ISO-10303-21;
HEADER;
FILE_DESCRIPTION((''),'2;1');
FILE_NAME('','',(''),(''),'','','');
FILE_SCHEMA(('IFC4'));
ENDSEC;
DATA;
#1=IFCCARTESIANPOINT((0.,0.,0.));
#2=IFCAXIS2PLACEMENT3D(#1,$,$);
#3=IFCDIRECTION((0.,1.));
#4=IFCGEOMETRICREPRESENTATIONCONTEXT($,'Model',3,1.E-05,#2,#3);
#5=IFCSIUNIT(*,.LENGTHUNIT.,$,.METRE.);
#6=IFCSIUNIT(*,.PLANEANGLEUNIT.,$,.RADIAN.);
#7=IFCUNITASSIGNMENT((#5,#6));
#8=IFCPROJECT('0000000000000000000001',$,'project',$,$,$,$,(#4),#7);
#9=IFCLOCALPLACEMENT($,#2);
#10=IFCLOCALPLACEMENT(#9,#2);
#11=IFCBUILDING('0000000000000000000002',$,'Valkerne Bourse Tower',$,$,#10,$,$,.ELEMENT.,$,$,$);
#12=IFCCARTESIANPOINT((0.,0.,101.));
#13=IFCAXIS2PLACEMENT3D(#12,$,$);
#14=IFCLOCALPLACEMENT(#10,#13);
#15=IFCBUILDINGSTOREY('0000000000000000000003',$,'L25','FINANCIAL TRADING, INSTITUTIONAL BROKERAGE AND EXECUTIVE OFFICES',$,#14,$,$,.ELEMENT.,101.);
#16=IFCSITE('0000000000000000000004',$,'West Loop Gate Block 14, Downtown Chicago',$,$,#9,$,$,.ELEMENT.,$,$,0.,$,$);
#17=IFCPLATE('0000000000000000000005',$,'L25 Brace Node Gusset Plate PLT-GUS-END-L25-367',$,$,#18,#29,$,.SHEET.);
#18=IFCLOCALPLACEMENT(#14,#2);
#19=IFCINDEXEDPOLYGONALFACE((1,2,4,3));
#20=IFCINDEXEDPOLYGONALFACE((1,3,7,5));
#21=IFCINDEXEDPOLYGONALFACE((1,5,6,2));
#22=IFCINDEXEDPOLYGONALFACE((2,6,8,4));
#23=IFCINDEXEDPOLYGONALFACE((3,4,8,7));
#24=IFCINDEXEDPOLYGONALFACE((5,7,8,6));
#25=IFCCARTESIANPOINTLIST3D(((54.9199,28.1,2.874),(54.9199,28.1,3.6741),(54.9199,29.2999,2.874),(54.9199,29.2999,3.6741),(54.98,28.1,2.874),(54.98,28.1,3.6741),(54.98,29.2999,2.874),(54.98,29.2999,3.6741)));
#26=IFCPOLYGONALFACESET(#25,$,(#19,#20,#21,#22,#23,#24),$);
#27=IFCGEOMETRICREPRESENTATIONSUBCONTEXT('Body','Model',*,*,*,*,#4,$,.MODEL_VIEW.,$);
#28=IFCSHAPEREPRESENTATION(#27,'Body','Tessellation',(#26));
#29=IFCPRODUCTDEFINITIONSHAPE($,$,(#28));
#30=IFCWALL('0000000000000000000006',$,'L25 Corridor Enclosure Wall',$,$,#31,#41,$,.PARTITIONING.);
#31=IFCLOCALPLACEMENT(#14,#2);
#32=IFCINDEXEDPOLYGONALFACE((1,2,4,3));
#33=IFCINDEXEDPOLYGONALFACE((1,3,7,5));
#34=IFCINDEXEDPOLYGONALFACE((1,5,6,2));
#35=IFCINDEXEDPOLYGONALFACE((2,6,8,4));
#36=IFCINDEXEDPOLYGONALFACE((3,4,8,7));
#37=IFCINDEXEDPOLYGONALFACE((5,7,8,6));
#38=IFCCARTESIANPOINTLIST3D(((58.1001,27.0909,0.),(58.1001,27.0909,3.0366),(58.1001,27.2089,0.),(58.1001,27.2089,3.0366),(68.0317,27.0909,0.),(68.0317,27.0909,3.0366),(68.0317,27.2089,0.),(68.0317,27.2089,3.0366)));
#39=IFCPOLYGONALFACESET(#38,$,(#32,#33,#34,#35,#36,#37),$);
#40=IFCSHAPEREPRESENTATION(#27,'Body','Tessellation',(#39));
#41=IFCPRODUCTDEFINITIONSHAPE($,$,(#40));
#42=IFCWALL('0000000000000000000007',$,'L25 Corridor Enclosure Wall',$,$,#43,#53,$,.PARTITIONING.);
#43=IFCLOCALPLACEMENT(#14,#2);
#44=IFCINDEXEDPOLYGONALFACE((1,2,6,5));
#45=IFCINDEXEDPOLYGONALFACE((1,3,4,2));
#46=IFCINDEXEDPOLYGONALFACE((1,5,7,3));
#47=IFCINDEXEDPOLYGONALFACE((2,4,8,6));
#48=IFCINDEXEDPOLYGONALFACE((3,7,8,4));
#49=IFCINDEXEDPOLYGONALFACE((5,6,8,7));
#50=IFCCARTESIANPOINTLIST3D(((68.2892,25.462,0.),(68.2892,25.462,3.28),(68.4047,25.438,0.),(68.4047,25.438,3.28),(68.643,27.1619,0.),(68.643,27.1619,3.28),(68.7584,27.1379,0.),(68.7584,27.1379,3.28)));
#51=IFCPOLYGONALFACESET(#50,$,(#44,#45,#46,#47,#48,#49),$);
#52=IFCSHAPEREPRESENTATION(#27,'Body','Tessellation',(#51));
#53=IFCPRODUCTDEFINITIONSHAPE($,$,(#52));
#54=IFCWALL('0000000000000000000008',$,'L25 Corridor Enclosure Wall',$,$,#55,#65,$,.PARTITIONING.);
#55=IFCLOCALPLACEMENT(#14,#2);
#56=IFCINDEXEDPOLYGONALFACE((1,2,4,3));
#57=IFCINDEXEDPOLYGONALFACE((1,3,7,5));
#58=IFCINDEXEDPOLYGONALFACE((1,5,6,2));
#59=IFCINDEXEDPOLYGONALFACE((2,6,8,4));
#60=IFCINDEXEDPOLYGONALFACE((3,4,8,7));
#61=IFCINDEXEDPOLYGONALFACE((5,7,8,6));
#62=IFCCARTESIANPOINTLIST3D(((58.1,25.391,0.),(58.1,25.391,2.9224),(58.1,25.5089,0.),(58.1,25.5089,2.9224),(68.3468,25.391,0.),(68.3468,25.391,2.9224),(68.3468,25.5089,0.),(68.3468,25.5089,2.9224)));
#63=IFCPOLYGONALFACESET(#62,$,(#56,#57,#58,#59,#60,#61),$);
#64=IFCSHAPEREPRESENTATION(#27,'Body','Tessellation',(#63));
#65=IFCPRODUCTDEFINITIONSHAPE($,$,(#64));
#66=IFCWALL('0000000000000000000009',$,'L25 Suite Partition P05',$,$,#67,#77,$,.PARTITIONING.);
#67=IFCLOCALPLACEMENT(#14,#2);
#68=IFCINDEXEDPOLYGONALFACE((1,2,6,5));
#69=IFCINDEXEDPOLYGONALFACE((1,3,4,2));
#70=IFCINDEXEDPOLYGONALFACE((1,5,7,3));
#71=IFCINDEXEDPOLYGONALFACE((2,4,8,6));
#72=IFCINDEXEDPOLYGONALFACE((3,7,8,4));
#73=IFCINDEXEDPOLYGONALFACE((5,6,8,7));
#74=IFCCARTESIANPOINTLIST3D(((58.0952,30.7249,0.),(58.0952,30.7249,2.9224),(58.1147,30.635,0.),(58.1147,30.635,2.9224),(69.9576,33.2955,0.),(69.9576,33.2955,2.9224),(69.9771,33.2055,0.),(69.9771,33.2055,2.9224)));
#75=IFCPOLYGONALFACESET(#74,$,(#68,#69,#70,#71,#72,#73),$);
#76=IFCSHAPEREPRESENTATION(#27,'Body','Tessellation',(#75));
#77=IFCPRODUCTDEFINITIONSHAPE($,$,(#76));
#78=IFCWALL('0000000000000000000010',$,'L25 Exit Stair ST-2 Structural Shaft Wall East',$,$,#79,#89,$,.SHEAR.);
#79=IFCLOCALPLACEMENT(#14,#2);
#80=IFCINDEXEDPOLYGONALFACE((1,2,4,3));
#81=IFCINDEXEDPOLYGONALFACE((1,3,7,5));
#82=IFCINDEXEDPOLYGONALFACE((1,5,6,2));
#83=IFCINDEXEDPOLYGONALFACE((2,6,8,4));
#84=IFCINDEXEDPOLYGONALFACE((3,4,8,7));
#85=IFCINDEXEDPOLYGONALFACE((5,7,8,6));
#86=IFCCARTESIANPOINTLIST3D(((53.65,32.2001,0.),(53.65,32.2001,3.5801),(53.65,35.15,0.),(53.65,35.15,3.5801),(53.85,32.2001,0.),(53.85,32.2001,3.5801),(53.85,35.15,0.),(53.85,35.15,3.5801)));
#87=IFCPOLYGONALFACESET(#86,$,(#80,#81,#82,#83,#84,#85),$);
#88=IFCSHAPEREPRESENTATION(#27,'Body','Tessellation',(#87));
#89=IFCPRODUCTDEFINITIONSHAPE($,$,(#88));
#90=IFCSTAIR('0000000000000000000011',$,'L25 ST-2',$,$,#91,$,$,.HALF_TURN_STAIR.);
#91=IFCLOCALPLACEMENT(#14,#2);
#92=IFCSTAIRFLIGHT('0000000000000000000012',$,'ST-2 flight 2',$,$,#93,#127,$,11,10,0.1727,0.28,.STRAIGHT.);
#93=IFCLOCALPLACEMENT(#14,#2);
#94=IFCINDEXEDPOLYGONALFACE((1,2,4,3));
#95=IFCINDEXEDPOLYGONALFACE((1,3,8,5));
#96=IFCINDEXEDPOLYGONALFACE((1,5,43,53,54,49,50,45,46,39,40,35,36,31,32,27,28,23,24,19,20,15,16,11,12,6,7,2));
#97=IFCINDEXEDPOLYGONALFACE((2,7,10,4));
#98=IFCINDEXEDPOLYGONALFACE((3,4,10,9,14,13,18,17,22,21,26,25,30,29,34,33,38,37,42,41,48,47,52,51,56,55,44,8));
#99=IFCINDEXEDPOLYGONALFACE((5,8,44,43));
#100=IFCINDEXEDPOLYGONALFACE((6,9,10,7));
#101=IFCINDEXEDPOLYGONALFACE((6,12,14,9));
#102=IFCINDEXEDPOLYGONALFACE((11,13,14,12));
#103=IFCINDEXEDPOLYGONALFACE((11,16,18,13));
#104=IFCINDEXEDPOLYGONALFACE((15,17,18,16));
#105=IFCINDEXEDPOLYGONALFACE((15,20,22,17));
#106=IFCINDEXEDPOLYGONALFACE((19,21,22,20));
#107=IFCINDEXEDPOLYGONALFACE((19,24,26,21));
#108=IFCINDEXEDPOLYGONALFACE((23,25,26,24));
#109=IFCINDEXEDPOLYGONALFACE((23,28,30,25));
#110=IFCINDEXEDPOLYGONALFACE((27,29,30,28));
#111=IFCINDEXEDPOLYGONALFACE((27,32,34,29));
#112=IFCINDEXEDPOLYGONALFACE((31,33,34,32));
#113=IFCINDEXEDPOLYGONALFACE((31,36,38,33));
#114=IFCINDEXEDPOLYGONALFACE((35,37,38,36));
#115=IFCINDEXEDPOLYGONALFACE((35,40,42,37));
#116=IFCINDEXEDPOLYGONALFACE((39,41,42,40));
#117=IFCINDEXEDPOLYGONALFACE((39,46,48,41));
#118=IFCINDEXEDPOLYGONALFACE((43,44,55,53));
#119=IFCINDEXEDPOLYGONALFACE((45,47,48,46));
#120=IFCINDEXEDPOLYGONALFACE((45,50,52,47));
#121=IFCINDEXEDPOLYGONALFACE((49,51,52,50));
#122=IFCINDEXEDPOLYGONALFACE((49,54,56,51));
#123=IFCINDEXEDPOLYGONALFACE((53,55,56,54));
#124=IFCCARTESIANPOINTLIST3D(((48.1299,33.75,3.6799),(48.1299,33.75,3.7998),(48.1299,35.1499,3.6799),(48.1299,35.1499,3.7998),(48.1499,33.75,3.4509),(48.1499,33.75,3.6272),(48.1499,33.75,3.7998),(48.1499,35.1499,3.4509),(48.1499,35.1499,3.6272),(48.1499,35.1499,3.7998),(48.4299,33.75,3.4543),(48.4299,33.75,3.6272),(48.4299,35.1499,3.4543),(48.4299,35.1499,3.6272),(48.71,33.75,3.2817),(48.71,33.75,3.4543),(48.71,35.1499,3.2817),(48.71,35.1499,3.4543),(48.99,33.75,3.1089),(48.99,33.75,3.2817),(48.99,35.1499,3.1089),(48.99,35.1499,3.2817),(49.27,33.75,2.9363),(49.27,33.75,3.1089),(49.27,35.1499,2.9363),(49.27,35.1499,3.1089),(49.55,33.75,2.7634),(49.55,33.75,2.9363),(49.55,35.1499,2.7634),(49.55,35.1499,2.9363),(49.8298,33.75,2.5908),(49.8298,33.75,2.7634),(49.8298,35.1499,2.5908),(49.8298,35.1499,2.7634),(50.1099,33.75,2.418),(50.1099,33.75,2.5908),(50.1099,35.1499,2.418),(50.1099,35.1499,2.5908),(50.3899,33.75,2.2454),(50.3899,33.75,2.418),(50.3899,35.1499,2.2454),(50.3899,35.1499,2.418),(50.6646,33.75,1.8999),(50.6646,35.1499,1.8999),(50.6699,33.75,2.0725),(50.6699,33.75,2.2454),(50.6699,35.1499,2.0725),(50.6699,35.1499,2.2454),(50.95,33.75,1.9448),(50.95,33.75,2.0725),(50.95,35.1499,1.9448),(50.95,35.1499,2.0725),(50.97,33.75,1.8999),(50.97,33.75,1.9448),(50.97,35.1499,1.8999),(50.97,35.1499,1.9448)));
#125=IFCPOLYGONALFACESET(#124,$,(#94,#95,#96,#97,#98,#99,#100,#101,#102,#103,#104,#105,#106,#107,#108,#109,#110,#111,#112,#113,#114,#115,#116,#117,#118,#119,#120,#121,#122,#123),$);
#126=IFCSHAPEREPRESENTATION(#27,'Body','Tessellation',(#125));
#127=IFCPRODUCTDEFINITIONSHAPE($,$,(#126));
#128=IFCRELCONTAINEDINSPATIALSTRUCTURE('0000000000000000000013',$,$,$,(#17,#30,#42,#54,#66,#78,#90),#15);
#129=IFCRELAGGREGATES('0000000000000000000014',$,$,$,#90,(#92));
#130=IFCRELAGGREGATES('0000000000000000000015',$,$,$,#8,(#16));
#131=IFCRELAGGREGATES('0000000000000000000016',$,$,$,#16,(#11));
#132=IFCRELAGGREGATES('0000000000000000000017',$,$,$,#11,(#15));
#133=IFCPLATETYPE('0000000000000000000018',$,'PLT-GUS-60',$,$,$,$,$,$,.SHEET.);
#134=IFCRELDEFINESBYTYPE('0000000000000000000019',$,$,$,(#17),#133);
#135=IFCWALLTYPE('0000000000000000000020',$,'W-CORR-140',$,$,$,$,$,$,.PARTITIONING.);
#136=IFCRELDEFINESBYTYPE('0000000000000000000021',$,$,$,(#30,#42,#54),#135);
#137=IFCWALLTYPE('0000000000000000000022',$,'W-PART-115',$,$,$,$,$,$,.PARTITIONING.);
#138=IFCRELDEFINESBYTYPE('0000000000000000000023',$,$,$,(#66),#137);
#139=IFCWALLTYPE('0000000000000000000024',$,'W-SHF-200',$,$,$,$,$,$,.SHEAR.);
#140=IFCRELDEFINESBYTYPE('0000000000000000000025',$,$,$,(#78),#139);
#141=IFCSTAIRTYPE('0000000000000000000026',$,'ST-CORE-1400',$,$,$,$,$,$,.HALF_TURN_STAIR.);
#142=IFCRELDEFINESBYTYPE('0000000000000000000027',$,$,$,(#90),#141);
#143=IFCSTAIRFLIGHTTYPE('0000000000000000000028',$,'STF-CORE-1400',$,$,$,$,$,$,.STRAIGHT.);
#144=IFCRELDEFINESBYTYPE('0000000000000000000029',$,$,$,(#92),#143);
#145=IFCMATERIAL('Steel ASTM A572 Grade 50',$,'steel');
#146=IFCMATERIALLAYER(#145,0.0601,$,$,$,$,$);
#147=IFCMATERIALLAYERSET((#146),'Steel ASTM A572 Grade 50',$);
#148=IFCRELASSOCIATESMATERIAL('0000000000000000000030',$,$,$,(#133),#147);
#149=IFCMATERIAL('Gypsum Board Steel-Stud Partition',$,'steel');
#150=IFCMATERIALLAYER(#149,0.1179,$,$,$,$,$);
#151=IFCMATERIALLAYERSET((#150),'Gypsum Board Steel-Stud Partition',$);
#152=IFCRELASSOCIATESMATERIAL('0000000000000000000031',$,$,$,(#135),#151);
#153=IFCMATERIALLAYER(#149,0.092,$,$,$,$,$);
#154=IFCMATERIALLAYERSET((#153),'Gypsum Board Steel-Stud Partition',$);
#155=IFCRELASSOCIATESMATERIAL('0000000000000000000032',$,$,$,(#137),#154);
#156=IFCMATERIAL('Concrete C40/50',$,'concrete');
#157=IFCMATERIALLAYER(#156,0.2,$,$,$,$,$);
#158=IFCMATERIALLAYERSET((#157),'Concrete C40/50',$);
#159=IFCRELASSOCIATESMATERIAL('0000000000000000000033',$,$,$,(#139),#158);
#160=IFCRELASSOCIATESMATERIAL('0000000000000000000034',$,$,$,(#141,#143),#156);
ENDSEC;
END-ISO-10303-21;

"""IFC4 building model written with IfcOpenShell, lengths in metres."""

from ifc_helpers import new_model, si_unit, direction, frame, frame_2d, origin, origin_2d, place, context, subcontext, project, spatial, polyline, rectangle, outline, extrude, material, layer, layer_set, type_object, element, aggregate, save


model = new_model("IFC4")

# Units and contexts
model_context = context("Model", 3, precision=1e-05, world=origin(), true_north=direction((0.0, 1.0)))
body_context = subcontext(model_context, "Body", "Model", "MODEL_VIEW")
ifc_project = project(units=[si_unit("LENGTHUNIT", "METRE"), si_unit("PLANEANGLEUNIT", "RADIAN")], contexts=[model_context])

# Site, building, storey
site_placement = place(None, origin())
site = spatial("IfcSite", under=ifc_project, at=site_placement, Name="West Loop Gate Block 14, Downtown Chicago", CompositionType="ELEMENT", RefElevation=0.0)
building_placement = place(site_placement, origin())
building = spatial("IfcBuilding", under=site, at=building_placement, Name="Valkerne Bourse Tower", CompositionType="ELEMENT")
storey_placement = place(building_placement, frame((0.0, 0.0, 101.0)))
storey = spatial("IfcBuildingStorey", under=building, at=storey_placement, Name="L25", Description="FINANCIAL TRADING, INSTITUTIONAL BROKERAGE AND EXECUTIVE OFFICES", CompositionType="ELEMENT", Elevation=101.0)

# Plate
ifc_material_1 = material(Name="Steel ASTM A572 Grade 50", Category="steel")
ifc_layer_1 = layer(ifc_material_1, 0.0601)
ifc_layer_set_1 = layer_set([ifc_layer_1], Name="Steel ASTM A572 Grade 50")
plate_type_1 = type_object("IfcPlateType", Name="PLT-GUS-60", PredefinedType="SHEET", material=ifc_layer_set_1)
plate_1_placement = place(storey_placement, frame((54.95, 28.7, 2.874), z_axis=(0.0, 0.0, 1.0), x_axis=(0.0, 1.0, 0.0)))
element("IfcPlate", 1, at=plate_1_placement, inside=storey, type_object=plate_type_1, Name="L25 Brace Node Gusset Plate PLT-GUS-END-L25-367", PredefinedType="SHEET", context=body_context, shape_type="SweptSolid", body=[
    extrude(rectangle(XDim=1.2, YDim=0.0601, at=origin_2d()), origin(), (0.0, 0.0, 1.0), 0.8),
])

# Walls
ifc_material_2 = material(Name="Gypsum Board Steel-Stud Partition", Category="steel")
ifc_layer_2 = layer(ifc_material_2, 0.1179)
ifc_layer_set_2 = layer_set([ifc_layer_2], Name="Gypsum Board Steel-Stud Partition")
wall_type_1 = type_object("IfcWallType", Name="W-CORR-140", PredefinedType="PARTITIONING", material=ifc_layer_set_2)
wall_1_placement = place(storey_placement, frame((58.1001, 27.1499, 0.0), z_axis=(0.0, 0.0, 1.0), x_axis=(1.0, 0.0, 0.0)))
element("IfcWall", 2, at=wall_1_placement, inside=storey, type_object=wall_type_1, Name="L25 Corridor Enclosure Wall", PredefinedType="PARTITIONING", context=body_context, shape_type="SweptSolid", body=[
    extrude(rectangle(XDim=9.9316, YDim=0.1179, at=frame_2d((4.9658, 0.0))), origin(), (0.0, 0.0, 1.0), 3.0366),
])
wall_2_placement = place(storey_placement, frame((68.7007, 27.1499, 0.0), z_axis=(0.0, 0.0, 1.0), x_axis=(-0.203735, -0.979026, 0.0)))
element("IfcWall", 3, at=wall_2_placement, inside=storey, type_object=wall_type_1, Name="L25 Corridor Enclosure Wall", PredefinedType="PARTITIONING", context=body_context, shape_type="SweptSolid", body=[
    extrude(rectangle(XDim=1.7363, YDim=0.1179, at=frame_2d((0.8682, 0.0))), origin(), (0.0, 0.0, 1.0), 3.28),
])
wall_3_placement = place(storey_placement, frame((68.3469, 25.45, 0.0), z_axis=(0.0, 0.0, 1.0), x_axis=(-1.0, 0.0, 0.0)))
element("IfcWall", 4, at=wall_3_placement, inside=storey, type_object=wall_type_1, Name="L25 Corridor Enclosure Wall", PredefinedType="PARTITIONING", context=body_context, shape_type="SweptSolid", body=[
    extrude(rectangle(XDim=10.2468, YDim=0.1179, at=frame_2d((5.1235, 0.0))), origin(), (0.0, 0.0, 1.0), 2.9224),
])

# Walls
ifc_layer_3 = layer(ifc_material_2, 0.092)
ifc_layer_set_3 = layer_set([ifc_layer_3], Name="Gypsum Board Steel-Stud Partition")
wall_type_2 = type_object("IfcWallType", Name="W-PART-115", PredefinedType="PARTITIONING", material=ifc_layer_set_3)
wall_4_placement = place(storey_placement, frame((58.105, 30.6799, 0.0), z_axis=(0.0, 0.0, 1.0), x_axis=(0.977316, 0.211784, 0.0)))
element("IfcWall", 5, at=wall_4_placement, inside=storey, type_object=wall_type_2, Name="L25 Suite Partition P05", PredefinedType="PARTITIONING", context=body_context, shape_type="SweptSolid", body=[
    extrude(rectangle(XDim=12.1377, YDim=0.092, at=frame_2d((6.0688, 0.0))), origin(), (0.0, 0.0, 1.0), 2.9224),
])
ifc_material_3 = material(Name="Concrete C40/50", Category="concrete")
ifc_layer_4 = layer(ifc_material_3, 0.2)
ifc_layer_set_4 = layer_set([ifc_layer_4], Name="Concrete C40/50")
wall_type_3 = type_object("IfcWallType", Name="W-SHF-200", PredefinedType="SHEAR", material=ifc_layer_set_4)
wall_5_placement = place(storey_placement, frame((53.75, 32.2, 0.0), z_axis=(0.0, 0.0, 1.0), x_axis=(0.0, 1.0, 0.0)))
element("IfcWall", 6, at=wall_5_placement, inside=storey, type_object=wall_type_3, Name="L25 Exit Stair ST-2 Structural Shaft Wall East", PredefinedType="SHEAR", context=body_context, shape_type="SweptSolid", body=[
    extrude(rectangle(XDim=2.95, YDim=0.2, at=frame_2d((1.4751, 0.0))), origin(), (0.0, 0.0, 1.0), 3.5801),
])

# Stair, stair flight
stair_type = type_object("IfcStairType", Name="ST-CORE-1400", PredefinedType="HALF_TURN_STAIR", material=ifc_material_3)
stair_placement = place(storey_placement, origin())
stair = element("IfcStair", 7, at=stair_placement, inside=storey, type_object=stair_type, Name="L25 ST-2", PredefinedType="HALF_TURN_STAIR")
stair_flight_type = type_object("IfcStairFlightType", Name="STF-CORE-1400", PredefinedType="STRAIGHT", material=ifc_material_3)
stair_flight_placement = place(storey_placement, frame((50.95, 34.45, 1.8999), z_axis=(0.0, 0.0, 1.0), x_axis=(-1.0, 0.0, 0.0)))
stair_flight = element("IfcStairFlight", 8, at=stair_flight_placement, type_object=stair_flight_type, Name="ST-2 flight 2", NumberOfRisers=11, NumberOfTreads=10, PredefinedType="STRAIGHT", RiserHeight=0.1727, TreadLength=0.28, context=body_context, shape_type="SweptSolid", body=[
    extrude(outline(polyline([(-0.02, 0.0), (-0.02, 0.0449), (0.0, 0.0449), (0.0, 0.1726), (0.28, 0.1726), (0.28, 0.3455), (0.5601, 0.3455), (0.5601, 0.5181), (0.8401, 0.5181), (0.8401, 0.6909), (1.1201, 0.6909), (1.1201, 0.8635), (1.3999, 0.8635), (1.3999, 1.0364), (1.6799, 1.0364), (1.6799, 1.209), (1.96, 1.209), (1.96, 1.3818), (2.24, 1.3818), (2.24, 1.5544), (2.52, 1.5544), (2.52, 1.7273), (2.8, 1.7273), (2.8, 1.8999), (2.8201, 1.8999), (2.8201, 1.78), (2.8, 1.551), (0.2854, 0.0), (-0.02, 0.0)])), frame((0.0, 0.7, 0.0), z_axis=(0.0, -1.0, 0.0), x_axis=(1.0, 0.0, 0.0)), (0.0, 0.0, 1.0), 1.3999),
])
aggregate(stair, [stair_flight])

save(model, "model.ifc")
